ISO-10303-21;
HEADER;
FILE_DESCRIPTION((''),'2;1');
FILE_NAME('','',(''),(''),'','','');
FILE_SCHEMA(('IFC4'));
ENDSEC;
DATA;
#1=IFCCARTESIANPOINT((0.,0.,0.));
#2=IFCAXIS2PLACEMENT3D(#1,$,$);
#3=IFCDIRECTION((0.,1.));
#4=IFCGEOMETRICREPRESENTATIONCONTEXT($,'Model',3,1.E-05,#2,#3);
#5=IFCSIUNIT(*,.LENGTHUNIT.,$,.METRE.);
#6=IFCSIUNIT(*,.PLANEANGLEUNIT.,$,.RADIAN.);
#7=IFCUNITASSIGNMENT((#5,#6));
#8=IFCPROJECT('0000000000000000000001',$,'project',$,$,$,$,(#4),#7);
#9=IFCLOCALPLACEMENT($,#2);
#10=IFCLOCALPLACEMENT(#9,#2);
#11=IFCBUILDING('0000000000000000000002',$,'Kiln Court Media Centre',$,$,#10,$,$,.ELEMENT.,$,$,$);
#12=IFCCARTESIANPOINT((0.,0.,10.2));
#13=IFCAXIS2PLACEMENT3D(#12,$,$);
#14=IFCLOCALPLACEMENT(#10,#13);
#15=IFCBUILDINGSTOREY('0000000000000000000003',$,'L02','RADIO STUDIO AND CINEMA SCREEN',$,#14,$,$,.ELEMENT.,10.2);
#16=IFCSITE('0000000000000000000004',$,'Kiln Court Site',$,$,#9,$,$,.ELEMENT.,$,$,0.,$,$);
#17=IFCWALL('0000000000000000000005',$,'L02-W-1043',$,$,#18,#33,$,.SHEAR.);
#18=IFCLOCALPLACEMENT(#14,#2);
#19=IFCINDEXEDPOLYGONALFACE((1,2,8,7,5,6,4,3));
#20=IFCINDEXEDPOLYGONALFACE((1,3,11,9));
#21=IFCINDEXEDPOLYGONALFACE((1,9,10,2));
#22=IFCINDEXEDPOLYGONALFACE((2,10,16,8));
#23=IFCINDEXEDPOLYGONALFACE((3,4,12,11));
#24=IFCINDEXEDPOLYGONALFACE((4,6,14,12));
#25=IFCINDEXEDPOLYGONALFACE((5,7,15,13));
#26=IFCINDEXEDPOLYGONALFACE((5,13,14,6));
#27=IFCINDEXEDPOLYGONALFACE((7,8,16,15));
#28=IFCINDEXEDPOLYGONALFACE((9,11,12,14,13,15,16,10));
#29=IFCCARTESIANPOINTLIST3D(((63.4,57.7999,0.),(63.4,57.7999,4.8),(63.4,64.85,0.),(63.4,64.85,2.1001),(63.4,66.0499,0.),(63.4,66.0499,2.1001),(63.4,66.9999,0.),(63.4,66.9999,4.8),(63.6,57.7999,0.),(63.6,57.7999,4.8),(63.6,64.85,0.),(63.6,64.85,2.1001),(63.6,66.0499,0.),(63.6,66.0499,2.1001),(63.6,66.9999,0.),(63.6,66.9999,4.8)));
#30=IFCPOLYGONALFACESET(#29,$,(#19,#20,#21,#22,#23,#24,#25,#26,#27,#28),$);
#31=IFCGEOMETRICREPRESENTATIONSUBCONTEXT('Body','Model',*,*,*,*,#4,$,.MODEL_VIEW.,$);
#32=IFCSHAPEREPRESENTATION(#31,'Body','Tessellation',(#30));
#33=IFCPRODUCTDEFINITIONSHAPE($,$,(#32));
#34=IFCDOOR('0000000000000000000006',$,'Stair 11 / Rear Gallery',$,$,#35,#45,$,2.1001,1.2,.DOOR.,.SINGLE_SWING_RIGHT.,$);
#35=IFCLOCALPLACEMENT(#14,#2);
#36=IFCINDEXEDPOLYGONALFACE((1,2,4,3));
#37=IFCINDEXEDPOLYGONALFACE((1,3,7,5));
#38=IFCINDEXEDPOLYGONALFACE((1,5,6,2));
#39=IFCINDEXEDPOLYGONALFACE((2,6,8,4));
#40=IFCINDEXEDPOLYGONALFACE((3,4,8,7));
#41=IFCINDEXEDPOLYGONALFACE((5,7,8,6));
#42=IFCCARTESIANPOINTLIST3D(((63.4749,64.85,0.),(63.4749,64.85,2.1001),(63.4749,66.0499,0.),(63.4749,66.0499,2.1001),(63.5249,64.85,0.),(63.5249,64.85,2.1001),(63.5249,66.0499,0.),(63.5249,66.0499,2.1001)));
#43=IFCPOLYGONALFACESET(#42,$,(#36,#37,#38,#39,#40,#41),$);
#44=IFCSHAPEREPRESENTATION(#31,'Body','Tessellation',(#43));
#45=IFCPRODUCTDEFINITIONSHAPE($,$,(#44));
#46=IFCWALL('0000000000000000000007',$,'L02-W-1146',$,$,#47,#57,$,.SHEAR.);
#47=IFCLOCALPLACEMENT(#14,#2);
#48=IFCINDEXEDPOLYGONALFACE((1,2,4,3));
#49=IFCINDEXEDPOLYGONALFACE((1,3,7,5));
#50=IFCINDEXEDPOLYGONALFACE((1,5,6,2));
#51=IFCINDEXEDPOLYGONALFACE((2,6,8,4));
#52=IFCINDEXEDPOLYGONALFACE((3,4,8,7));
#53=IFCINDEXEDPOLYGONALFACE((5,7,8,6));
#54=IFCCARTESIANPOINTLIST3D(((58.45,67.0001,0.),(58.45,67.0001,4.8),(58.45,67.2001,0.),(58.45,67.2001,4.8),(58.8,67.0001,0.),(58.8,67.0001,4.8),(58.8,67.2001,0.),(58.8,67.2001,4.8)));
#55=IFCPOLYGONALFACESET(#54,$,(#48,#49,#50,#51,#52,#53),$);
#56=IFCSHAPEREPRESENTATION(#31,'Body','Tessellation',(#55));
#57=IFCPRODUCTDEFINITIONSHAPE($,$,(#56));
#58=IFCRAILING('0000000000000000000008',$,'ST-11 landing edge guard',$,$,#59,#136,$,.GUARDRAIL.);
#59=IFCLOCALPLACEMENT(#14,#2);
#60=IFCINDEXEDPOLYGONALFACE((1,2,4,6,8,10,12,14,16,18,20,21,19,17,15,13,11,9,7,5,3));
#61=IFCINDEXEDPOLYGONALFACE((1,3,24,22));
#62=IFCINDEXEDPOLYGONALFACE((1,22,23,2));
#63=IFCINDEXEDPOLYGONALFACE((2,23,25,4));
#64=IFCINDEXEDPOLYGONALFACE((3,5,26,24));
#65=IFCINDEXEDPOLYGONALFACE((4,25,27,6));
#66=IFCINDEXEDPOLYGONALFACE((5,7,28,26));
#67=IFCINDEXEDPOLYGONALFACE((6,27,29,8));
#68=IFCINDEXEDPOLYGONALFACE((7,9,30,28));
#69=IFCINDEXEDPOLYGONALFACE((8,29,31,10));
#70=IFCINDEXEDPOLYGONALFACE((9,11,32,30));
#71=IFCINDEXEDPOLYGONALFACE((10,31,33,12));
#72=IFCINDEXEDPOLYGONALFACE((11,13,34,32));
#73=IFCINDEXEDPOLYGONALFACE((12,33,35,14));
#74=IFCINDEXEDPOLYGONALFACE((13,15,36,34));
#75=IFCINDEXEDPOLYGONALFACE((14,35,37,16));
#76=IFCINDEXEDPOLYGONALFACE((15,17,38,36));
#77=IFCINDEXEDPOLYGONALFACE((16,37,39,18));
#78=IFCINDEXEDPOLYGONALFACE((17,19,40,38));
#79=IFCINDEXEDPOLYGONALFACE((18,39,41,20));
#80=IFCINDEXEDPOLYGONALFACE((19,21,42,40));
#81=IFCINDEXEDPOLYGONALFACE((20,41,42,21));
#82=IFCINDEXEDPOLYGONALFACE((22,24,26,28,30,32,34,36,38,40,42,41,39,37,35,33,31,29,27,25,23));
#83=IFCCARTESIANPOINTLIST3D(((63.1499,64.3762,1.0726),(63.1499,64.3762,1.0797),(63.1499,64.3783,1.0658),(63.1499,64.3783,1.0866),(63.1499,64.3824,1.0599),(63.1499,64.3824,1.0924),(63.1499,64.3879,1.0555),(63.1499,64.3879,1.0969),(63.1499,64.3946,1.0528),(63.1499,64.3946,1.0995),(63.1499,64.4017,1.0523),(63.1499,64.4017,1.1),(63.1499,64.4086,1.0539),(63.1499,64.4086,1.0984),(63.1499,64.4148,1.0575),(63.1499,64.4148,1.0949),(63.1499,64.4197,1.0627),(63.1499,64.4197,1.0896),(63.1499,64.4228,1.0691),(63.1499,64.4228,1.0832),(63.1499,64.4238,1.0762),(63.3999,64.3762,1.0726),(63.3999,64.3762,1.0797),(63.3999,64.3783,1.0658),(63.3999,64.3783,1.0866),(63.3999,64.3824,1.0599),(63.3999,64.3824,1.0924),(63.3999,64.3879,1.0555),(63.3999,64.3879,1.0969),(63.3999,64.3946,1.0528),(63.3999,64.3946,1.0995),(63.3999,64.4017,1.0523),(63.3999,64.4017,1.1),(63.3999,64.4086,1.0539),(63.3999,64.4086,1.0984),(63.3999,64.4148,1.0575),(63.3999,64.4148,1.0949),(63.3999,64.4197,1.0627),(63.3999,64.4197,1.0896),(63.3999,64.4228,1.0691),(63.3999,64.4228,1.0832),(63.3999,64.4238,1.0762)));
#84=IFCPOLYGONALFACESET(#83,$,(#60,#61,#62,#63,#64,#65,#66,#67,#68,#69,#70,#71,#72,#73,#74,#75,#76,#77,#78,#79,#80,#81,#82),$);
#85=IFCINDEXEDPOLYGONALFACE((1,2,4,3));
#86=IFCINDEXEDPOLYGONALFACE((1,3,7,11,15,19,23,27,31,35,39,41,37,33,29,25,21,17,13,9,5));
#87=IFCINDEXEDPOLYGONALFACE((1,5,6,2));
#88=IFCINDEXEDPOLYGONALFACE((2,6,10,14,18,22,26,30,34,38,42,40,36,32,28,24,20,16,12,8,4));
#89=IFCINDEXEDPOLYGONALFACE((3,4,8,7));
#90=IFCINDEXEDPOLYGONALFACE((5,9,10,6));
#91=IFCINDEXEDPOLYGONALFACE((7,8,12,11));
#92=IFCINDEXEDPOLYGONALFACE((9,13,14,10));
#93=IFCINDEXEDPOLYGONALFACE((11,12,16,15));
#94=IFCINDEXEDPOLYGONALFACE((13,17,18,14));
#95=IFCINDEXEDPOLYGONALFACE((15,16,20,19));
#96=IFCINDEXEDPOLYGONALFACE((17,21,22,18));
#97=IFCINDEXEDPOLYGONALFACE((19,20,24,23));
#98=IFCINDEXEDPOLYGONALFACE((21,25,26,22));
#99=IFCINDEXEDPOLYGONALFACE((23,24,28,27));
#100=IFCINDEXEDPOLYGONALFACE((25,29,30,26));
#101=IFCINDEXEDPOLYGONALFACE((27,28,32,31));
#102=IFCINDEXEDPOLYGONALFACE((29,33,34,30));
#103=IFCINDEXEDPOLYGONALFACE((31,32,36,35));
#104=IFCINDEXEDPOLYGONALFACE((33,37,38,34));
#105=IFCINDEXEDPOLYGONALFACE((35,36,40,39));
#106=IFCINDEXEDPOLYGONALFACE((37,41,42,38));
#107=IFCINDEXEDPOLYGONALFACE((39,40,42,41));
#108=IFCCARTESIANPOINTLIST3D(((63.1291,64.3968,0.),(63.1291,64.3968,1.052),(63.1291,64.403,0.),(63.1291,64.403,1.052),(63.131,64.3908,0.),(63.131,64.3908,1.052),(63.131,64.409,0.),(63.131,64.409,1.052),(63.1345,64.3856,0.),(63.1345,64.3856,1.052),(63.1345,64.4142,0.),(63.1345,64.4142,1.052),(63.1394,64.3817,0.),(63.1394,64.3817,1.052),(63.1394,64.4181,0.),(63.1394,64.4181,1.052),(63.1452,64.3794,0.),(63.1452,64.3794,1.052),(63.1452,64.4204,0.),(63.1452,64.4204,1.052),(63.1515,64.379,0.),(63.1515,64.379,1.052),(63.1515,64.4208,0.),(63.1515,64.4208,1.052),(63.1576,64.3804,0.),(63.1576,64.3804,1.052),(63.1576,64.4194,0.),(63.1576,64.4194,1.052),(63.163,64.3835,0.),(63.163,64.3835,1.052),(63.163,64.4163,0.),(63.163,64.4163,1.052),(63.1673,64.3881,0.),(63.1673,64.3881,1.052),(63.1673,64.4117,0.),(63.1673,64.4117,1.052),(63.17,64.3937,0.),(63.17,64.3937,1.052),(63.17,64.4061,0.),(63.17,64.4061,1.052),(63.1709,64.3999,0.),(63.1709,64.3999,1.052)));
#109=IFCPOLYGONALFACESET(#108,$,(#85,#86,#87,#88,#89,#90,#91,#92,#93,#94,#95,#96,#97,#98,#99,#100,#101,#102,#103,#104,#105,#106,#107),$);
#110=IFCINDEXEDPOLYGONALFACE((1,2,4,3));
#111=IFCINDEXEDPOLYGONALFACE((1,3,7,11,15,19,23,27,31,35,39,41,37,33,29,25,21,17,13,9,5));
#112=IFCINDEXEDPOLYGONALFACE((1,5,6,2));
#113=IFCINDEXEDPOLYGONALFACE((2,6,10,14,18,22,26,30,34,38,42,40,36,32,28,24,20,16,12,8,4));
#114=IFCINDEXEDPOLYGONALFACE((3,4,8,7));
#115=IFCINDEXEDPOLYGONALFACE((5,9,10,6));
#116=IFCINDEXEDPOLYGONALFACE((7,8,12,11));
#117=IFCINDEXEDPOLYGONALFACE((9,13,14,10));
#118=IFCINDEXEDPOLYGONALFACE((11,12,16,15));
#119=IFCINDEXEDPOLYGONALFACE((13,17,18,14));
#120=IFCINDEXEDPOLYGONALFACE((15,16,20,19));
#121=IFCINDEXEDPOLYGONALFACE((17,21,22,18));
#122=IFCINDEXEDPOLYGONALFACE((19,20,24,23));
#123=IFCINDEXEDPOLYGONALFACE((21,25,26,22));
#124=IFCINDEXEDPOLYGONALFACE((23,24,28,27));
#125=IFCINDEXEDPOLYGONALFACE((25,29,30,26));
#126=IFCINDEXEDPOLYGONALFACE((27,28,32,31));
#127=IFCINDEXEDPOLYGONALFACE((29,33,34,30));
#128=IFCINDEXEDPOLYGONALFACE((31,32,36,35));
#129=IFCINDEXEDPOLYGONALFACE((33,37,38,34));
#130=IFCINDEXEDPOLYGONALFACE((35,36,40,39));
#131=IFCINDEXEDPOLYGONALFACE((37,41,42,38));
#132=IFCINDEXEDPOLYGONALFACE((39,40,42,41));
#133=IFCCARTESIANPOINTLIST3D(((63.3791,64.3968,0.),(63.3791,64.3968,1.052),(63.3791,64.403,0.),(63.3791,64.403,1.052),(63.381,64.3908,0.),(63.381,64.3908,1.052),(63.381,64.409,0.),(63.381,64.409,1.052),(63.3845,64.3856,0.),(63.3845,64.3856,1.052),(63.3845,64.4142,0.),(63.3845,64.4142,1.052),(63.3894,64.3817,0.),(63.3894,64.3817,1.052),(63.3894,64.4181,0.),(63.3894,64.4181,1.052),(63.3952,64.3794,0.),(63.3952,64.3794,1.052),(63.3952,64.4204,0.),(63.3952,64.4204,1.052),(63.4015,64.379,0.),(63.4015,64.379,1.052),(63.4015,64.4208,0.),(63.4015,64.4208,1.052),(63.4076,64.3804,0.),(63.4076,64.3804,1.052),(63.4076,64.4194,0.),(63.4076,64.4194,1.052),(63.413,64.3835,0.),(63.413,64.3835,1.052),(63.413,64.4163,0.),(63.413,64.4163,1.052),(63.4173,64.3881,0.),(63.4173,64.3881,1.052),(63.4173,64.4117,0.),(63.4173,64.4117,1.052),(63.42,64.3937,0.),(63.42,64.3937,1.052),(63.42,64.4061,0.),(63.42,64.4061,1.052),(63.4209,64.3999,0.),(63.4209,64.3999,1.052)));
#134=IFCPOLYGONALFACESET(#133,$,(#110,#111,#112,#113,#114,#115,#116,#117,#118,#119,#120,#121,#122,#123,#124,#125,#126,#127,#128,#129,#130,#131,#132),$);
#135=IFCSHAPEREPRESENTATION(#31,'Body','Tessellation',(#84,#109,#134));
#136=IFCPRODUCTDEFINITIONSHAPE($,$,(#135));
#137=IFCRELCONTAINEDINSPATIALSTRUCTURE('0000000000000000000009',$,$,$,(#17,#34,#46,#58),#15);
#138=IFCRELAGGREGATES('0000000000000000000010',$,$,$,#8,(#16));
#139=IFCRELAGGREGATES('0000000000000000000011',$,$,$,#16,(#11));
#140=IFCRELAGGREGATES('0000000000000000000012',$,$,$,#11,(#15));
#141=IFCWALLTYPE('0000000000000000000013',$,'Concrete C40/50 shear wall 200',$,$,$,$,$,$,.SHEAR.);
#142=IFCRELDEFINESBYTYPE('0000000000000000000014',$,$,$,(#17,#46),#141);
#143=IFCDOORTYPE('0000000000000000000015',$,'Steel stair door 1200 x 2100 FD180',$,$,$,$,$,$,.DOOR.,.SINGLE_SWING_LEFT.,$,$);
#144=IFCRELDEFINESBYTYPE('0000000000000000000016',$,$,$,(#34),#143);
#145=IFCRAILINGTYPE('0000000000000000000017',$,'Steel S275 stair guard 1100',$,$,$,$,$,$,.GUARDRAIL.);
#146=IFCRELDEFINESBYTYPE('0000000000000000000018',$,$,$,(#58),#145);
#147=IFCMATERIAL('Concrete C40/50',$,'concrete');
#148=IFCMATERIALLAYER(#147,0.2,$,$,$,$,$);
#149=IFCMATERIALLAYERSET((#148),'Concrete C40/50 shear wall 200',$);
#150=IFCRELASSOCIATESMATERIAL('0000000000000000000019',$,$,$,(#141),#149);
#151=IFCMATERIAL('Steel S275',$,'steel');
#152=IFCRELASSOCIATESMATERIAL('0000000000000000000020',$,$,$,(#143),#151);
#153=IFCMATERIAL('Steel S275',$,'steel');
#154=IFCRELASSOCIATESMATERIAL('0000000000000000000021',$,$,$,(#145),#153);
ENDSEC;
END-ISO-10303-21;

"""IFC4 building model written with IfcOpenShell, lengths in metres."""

from ifc_helpers import new_model, si_unit, direction, frame, frame_2d, origin, origin_2d, place, context, subcontext, project, spatial, rectangle, circle, extrude, material, layer, layer_set, type_object, element, fill, save


model = new_model("IFC4")

# Units and contexts
model_context = context("Model", 3, precision=1e-05, world=origin(), true_north=direction((0.0, 1.0)))
body_context = subcontext(model_context, "Body", "Model", "MODEL_VIEW")
ifc_project = project(units=[si_unit("LENGTHUNIT", "METRE"), si_unit("PLANEANGLEUNIT", "RADIAN")], contexts=[model_context])

# Site, building, storey
site_placement = place(None, origin())
site = spatial("IfcSite", under=ifc_project, at=site_placement, Name="Kiln Court Site", CompositionType="ELEMENT", RefElevation=0.0)
building_placement = place(site_placement, origin())
building = spatial("IfcBuilding", under=site, at=building_placement, Name="Kiln Court Media Centre", CompositionType="ELEMENT")
storey_placement = place(building_placement, frame((0.0, 0.0, 10.2)))
storey = spatial("IfcBuildingStorey", under=building, at=storey_placement, Name="L02", Description="RADIO STUDIO AND CINEMA SCREEN", CompositionType="ELEMENT", Elevation=10.2)

# Shared definitions
ifc_material_1 = material(Name="Concrete C40/50", Category="concrete")
ifc_layer_1 = layer(ifc_material_1, 0.2)
ifc_layer_set_1 = layer_set([ifc_layer_1], Name="Concrete C40/50 shear wall 200")
wall_type_1 = type_object("IfcWallType", Name="Concrete C40/50 shear wall 200", PredefinedType="SHEAR", material=ifc_layer_set_1)

# Wall, opening, door
wall_1_placement = place(storey_placement, frame((63.5, 67.0, 0.0), z_axis=(0.0, 0.0, 1.0), x_axis=(0.0, -1.0, 0.0)))
wall_1 = element("IfcWall", 1, at=wall_1_placement, inside=storey, type_object=wall_type_1, Name="L02-W-1043", PredefinedType="SHEAR", context=body_context, shape_type="SweptSolid", body=[
    extrude(rectangle(XDim=9.2, YDim=0.2, at=frame_2d((4.6001, 0.0))), origin(), (0.0, 0.0, 1.0), 4.8),
])
opening_1_placement = place(wall_1_placement, frame((0.95, 0.0, 0.0)))
opening_1 = element("IfcOpeningElement", 2, at=opening_1_placement, cuts=wall_1, PredefinedType="OPENING", context=body_context, shape_type="SweptSolid", body=[
    extrude(rectangle(XDim=1.2, YDim=2.1001, at=frame_2d((0.6001, 1.05))), frame((0.0, 0.1099, 0.0), z_axis=(0.0, -1.0, 0.0), x_axis=(1.0, 0.0, 0.0)), (0.0, 0.0, 1.0), 0.22),
])
ifc_material_2 = material(Name="Steel S275", Category="steel")
door_type_1 = type_object("IfcDoorType", Name="Steel stair door 1200 x 2100 FD180", OperationType="SINGLE_SWING_LEFT", PredefinedType="DOOR", material=ifc_material_2)
door_1_placement = place(opening_1_placement, origin())
door_1 = element("IfcDoor", 3, at=door_1_placement, inside=storey, type_object=door_type_1, Name="Stair 11 / Rear Gallery", OperationType="SINGLE_SWING_RIGHT", OverallHeight=2.1001, OverallWidth=1.2, PredefinedType="DOOR", context=body_context, shape_type="SweptSolid", body=[
    extrude(rectangle(XDim=1.2, YDim=2.1001, at=frame_2d((0.6001, 1.05))), frame((0.0, 0.0249, 0.0), z_axis=(0.0, -1.0, 0.0), x_axis=(1.0, 0.0, 0.0)), (0.0, 0.0, 1.0), 0.05),
])
fill(opening_1, door_1)

# Wall
wall_2_placement = place(storey_placement, frame((58.45, 67.1001, 0.0), z_axis=(0.0, 0.0, 1.0), x_axis=(1.0, 0.0, 0.0)))
element("IfcWall", 4, at=wall_2_placement, inside=storey, type_object=wall_type_1, Name="L02-W-1146", PredefinedType="SHEAR", context=body_context, shape_type="SweptSolid", body=[
    extrude(rectangle(XDim=0.3501, YDim=0.2, at=frame_2d((0.175, 0.0))), origin(), (0.0, 0.0, 1.0), 4.8),
])

# Railing
ifc_material_3 = material(Name="Steel S275", Category="steel")
railing_type = type_object("IfcRailingType", Name="Steel S275 stair guard 1100", PredefinedType="GUARDRAIL", material=ifc_material_3)
railing_1_placement = place(storey_placement, frame((63.1499, 64.3999, 0.0)))
element("IfcRailing", 5, at=railing_1_placement, inside=storey, type_object=railing_type, Name="ST-11 landing edge guard", PredefinedType="GUARDRAIL", context=body_context, shape_type="SweptSolid", body=[
    extrude(circle(Radius=0.0239, at=origin_2d()), frame((0.0, 0.0, 1.0762), z_axis=(1.0, 0.0, 0.0), x_axis=(0.0, 1.0, 0.0)), (0.0, 0.0, 1.0), 0.25),
    extrude(circle(Radius=0.021, at=origin_2d()), origin(), (0.0, 0.0, 1.0), 1.052),
    extrude(circle(Radius=0.021, at=origin_2d()), frame((0.25, 0.0, 0.0)), (0.0, 0.0, 1.0), 1.052),
])

save(model, "model.ifc")
